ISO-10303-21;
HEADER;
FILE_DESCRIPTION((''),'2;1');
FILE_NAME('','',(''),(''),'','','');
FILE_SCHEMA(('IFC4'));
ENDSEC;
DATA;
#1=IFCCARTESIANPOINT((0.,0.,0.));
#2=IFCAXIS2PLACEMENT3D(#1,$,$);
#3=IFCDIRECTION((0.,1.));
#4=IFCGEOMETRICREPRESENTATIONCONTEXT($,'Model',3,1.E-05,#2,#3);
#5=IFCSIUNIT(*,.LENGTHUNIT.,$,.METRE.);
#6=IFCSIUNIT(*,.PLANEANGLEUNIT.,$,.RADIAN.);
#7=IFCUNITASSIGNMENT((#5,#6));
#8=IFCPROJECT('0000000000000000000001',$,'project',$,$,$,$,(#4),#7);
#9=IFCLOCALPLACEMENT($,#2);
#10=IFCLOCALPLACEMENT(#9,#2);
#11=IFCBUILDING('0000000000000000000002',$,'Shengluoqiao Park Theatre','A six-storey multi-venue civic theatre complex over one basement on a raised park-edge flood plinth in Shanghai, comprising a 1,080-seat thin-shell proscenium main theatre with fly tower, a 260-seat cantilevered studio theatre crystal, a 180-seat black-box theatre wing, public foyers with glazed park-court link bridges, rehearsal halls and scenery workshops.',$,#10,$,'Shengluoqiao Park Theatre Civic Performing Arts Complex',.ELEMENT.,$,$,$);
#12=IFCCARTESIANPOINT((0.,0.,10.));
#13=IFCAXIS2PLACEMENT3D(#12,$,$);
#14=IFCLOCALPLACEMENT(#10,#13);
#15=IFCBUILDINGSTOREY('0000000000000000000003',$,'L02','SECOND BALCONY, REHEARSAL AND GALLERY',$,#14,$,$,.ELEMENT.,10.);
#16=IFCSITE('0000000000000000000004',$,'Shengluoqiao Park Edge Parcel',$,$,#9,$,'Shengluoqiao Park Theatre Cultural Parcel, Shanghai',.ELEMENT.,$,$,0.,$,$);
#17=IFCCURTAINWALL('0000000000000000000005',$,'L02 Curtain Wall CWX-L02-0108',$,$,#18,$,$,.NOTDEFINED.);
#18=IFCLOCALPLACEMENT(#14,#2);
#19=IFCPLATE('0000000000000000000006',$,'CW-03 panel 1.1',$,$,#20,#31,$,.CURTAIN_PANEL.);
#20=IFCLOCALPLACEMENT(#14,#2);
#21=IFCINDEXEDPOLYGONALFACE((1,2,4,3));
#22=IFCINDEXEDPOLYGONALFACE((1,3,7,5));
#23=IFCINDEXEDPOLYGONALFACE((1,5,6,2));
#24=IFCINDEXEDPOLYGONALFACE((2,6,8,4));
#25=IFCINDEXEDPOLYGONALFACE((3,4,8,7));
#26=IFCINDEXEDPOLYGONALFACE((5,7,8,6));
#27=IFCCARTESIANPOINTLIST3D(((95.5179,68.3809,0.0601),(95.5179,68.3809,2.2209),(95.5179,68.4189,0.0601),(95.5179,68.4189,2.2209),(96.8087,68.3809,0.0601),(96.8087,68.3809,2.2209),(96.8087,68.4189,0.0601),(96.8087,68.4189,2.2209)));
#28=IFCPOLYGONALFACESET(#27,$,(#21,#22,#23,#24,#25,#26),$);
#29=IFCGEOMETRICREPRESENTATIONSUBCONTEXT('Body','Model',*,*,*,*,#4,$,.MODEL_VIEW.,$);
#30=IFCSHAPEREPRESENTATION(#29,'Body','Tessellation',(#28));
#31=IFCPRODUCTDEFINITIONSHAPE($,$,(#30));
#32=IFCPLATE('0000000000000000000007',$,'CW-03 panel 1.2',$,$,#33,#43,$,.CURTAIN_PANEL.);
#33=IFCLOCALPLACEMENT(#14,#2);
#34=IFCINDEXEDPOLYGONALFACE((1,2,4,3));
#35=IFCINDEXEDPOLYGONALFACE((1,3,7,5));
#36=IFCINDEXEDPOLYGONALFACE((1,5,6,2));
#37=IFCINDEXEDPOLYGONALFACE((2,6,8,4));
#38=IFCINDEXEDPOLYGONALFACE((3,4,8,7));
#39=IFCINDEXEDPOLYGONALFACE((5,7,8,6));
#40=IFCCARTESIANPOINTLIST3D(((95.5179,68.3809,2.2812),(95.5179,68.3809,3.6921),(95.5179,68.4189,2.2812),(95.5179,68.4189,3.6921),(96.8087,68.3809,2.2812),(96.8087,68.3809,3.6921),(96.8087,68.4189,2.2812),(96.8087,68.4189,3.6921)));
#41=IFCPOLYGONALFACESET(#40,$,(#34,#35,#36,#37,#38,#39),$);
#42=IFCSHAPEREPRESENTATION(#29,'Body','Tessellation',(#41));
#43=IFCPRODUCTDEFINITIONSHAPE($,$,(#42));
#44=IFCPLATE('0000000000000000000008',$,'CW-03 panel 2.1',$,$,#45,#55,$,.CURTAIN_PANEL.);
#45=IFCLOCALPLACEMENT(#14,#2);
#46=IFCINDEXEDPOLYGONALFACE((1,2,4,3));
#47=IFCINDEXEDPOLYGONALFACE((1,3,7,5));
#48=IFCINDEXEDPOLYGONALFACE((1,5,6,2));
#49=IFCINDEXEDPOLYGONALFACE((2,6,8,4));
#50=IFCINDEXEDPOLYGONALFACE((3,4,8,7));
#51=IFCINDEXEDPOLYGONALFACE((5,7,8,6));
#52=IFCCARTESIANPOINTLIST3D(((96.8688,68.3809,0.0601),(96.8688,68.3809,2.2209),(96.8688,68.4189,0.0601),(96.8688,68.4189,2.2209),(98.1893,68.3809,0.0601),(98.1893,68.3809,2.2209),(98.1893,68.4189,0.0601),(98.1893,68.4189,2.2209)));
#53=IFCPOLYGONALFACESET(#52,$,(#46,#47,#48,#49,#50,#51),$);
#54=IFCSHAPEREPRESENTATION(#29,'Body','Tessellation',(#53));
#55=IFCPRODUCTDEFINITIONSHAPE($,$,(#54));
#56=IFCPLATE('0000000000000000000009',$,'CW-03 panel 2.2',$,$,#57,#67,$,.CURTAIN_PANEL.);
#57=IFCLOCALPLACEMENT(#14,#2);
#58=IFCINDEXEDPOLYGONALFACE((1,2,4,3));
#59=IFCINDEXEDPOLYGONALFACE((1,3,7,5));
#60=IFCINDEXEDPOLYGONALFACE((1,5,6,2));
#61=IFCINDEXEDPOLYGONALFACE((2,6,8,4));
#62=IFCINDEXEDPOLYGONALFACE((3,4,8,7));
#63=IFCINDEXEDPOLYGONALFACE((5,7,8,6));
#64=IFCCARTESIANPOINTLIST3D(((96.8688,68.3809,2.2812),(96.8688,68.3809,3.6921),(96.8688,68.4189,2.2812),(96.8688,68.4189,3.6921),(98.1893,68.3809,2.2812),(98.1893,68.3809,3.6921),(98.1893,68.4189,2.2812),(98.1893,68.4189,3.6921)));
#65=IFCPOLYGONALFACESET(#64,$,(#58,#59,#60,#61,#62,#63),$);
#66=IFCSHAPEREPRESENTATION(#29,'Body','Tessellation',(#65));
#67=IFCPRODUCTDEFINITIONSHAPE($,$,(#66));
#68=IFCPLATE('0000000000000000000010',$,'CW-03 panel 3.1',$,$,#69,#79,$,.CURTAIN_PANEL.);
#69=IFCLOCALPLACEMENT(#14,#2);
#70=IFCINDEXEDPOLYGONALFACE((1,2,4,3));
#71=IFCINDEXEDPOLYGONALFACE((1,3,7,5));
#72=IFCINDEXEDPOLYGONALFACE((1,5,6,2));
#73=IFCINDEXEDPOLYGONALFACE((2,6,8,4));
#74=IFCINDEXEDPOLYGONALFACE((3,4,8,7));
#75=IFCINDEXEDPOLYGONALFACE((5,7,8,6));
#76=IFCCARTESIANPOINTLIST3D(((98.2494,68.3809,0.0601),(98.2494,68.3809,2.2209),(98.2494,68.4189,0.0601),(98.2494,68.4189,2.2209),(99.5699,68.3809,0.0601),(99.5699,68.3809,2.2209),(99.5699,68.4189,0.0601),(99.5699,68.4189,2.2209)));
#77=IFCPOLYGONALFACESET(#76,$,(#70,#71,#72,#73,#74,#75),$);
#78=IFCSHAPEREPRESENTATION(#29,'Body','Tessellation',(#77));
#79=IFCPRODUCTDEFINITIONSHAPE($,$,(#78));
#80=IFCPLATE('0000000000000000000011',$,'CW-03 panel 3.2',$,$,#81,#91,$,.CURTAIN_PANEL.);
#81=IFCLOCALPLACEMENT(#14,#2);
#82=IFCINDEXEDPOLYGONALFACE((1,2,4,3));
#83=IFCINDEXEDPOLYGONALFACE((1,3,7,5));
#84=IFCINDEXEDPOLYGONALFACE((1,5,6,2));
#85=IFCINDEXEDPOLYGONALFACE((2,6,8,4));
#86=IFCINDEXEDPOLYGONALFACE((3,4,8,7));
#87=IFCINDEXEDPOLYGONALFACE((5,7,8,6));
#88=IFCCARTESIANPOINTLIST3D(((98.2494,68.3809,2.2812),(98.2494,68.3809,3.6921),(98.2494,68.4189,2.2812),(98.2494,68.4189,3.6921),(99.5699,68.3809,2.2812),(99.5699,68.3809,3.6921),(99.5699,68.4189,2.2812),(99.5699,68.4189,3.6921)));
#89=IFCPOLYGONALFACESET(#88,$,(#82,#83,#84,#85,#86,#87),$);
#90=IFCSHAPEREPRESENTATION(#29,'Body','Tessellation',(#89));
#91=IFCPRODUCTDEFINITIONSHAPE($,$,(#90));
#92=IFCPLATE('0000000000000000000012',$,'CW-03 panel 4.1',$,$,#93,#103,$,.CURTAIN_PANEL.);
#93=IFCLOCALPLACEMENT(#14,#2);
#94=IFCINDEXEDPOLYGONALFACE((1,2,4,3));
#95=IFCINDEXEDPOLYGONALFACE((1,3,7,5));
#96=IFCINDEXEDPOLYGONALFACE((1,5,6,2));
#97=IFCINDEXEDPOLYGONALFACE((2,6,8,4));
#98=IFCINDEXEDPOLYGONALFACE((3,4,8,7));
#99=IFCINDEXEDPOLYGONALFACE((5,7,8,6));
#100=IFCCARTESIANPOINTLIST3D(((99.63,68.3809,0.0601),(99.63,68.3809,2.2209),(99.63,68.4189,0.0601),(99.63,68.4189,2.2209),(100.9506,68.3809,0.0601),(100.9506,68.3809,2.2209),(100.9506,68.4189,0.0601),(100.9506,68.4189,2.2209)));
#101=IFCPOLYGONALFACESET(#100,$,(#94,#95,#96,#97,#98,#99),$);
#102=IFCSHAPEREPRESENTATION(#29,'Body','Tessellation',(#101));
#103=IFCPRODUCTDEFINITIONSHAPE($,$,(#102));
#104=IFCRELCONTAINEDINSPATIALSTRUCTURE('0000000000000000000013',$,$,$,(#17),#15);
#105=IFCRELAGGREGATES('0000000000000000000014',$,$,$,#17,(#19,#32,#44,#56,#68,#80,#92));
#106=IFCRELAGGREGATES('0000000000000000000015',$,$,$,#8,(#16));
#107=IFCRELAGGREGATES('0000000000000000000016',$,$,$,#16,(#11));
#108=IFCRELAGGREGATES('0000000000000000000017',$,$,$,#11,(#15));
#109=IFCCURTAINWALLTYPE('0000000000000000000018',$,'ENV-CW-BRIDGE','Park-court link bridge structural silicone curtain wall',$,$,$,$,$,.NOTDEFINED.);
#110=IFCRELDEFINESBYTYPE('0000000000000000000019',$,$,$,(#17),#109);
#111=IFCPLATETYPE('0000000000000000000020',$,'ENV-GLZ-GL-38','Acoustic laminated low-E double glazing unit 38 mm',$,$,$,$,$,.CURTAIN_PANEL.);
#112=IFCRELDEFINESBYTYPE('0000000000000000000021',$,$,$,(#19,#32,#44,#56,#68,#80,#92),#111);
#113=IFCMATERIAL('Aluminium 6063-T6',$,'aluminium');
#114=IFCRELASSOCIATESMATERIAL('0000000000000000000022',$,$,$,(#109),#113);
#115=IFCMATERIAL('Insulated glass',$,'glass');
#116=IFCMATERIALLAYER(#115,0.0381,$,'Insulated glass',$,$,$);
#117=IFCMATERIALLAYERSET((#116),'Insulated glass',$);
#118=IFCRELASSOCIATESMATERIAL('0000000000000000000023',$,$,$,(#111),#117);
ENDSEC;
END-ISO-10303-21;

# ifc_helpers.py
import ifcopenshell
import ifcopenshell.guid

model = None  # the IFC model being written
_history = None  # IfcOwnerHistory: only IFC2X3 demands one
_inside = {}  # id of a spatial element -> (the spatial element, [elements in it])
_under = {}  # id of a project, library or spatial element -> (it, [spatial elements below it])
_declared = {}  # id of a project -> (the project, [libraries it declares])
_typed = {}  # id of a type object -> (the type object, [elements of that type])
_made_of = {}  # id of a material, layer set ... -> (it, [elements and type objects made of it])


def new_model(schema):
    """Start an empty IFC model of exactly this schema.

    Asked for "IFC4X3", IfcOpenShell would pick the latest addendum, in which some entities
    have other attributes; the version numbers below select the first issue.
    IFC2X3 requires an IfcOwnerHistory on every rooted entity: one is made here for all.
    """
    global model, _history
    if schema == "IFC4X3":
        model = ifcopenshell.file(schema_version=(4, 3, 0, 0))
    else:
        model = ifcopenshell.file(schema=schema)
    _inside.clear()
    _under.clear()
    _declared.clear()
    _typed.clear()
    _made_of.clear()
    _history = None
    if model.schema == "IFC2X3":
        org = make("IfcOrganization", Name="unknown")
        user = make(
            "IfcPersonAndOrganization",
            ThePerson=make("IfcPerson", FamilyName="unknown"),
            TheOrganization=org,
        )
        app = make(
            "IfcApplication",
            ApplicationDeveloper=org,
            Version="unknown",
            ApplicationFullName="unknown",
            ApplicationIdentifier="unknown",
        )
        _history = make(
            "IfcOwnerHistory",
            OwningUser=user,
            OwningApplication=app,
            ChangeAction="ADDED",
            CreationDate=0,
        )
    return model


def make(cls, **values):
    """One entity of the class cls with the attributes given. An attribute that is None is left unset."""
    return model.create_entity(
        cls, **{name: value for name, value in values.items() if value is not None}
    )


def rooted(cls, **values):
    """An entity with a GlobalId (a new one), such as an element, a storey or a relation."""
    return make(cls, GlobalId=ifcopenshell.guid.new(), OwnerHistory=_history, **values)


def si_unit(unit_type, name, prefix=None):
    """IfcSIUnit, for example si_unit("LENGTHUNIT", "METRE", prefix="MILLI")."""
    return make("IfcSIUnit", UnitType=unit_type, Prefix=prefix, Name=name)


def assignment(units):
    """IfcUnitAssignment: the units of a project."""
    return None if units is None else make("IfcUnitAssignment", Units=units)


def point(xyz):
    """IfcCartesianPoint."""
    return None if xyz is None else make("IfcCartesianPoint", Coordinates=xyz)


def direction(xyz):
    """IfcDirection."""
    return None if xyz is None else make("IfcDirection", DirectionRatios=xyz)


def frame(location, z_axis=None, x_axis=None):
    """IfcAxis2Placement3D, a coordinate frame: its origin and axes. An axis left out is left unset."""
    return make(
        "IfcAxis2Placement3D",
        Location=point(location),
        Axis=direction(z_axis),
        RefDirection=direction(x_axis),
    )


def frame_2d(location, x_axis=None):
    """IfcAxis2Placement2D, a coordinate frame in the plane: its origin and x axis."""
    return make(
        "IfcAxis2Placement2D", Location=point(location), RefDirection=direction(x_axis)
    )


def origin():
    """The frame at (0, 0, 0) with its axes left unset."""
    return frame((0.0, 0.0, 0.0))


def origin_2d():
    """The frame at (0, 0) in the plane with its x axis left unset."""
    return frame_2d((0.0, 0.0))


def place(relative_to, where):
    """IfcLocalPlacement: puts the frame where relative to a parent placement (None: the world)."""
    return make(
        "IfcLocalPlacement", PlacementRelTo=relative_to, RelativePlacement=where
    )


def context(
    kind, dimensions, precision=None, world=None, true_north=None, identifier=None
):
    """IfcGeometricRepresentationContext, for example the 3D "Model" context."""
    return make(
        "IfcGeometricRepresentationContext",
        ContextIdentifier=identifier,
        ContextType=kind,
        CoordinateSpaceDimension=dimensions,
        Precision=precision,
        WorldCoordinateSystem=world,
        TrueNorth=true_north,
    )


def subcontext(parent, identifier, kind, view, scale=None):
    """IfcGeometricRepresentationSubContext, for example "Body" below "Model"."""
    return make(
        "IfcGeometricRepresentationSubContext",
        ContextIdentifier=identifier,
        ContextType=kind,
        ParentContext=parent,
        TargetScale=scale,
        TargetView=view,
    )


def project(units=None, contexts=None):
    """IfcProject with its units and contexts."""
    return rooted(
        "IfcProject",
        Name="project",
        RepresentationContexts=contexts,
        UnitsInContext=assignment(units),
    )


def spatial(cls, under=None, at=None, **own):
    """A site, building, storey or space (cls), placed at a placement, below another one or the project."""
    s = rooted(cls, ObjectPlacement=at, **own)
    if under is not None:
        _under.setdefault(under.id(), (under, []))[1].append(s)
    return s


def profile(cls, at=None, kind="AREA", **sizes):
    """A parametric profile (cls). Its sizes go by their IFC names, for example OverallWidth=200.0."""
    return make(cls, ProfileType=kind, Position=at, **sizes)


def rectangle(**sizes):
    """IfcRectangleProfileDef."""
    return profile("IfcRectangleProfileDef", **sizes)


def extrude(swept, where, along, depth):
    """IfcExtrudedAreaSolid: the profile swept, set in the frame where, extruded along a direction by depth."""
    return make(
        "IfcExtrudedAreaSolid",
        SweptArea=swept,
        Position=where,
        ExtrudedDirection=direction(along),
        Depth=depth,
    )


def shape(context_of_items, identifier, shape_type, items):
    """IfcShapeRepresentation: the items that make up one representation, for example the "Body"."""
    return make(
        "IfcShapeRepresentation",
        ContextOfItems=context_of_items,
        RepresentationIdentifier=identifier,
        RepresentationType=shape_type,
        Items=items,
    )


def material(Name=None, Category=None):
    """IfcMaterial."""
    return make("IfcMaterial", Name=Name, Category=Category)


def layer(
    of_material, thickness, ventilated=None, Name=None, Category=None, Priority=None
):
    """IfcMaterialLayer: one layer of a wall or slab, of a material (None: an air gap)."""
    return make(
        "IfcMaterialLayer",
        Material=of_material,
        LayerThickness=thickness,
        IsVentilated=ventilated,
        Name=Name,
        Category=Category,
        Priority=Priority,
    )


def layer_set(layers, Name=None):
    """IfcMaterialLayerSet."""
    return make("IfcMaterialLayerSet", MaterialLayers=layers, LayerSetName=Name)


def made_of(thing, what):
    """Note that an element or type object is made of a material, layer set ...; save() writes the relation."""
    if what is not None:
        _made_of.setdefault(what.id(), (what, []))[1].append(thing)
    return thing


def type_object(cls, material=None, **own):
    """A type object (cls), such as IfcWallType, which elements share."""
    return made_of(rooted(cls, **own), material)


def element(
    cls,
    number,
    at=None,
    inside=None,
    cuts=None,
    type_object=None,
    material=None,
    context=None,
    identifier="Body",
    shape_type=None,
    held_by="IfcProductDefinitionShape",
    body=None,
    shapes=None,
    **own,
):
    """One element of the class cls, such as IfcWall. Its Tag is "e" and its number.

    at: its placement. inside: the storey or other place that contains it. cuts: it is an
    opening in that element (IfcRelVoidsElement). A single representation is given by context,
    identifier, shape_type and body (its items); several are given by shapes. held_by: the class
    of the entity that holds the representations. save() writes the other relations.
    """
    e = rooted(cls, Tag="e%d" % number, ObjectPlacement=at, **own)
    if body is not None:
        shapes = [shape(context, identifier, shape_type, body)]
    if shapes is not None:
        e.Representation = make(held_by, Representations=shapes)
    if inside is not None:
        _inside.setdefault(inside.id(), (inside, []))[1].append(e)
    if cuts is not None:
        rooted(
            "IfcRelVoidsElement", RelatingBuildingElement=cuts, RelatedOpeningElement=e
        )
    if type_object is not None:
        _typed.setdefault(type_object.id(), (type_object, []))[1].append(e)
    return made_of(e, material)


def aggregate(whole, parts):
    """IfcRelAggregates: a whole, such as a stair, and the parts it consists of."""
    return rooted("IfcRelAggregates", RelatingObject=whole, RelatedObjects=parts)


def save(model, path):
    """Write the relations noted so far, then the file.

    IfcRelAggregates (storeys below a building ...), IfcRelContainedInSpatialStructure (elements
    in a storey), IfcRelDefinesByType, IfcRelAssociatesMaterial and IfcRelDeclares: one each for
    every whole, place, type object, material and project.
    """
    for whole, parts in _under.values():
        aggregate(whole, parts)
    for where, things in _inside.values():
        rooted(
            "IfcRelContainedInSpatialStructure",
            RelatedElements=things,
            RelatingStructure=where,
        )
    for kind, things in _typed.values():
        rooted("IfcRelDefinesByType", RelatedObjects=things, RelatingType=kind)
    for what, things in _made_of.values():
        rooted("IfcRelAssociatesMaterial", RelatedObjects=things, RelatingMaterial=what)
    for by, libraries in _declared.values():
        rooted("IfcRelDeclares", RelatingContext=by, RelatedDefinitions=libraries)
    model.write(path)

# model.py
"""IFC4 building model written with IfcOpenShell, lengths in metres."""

from ifc_helpers import new_model, si_unit, direction, frame, origin, origin_2d, place, context, subcontext, project, spatial, rectangle, extrude, material, layer, layer_set, type_object, element, aggregate, save


model = new_model("IFC4")

# Units and contexts
model_context = context("Model", 3, precision=1e-05, world=origin(), true_north=direction((0.0, 1.0)))
body_context = subcontext(model_context, "Body", "Model", "MODEL_VIEW")
ifc_project = project(units=[si_unit("LENGTHUNIT", "METRE"), si_unit("PLANEANGLEUNIT", "RADIAN")], contexts=[model_context])

# Site, building, storey
site_placement = place(None, origin())
site = spatial("IfcSite", under=ifc_project, at=site_placement, Name="Shengluoqiao Park Edge Parcel", LongName="Shengluoqiao Park Theatre Cultural Parcel, Shanghai", CompositionType="ELEMENT", RefElevation=0.0)
building_placement = place(site_placement, origin())
building = spatial("IfcBuilding", under=site, at=building_placement, Name="Shengluoqiao Park Theatre", Description="A six-storey multi-venue civic theatre complex over one basement on a raised park-edge flood plinth in Shanghai, comprising a 1,080-seat thin-shell proscenium main theatre with fly tower, a 260-seat cantilevered studio theatre crystal, a 180-seat black-box theatre wing, public foyers with glazed park-court link bridges, rehearsal halls and scenery workshops.", LongName="Shengluoqiao Park Theatre Civic Performing Arts Complex", CompositionType="ELEMENT")
storey_placement = place(building_placement, frame((0.0, 0.0, 10.0)))
storey = spatial("IfcBuildingStorey", under=building, at=storey_placement, Name="L02", Description="SECOND BALCONY, REHEARSAL AND GALLERY", CompositionType="ELEMENT", Elevation=10.0)

# Curtain wall
ifc_material_1 = material(Name="Aluminium 6063-T6", Category="aluminium")
curtain_wall_type = type_object("IfcCurtainWallType", Name="ENV-CW-BRIDGE", Description="Park-court link bridge structural silicone curtain wall", PredefinedType="NOTDEFINED", material=ifc_material_1)
curtain_wall_placement = place(storey_placement, origin())
curtain_wall = element("IfcCurtainWall", 1, at=curtain_wall_placement, inside=storey, type_object=curtain_wall_type, Name="L02 Curtain Wall CWX-L02-0108", PredefinedType="NOTDEFINED")

# Plates
ifc_material_2 = material(Name="Insulated glass", Category="glass")
ifc_layer = layer(ifc_material_2, 0.0381, Name="Insulated glass")
ifc_layer_set = layer_set([ifc_layer], Name="Insulated glass")
plate_type = type_object("IfcPlateType", Name="ENV-GLZ-GL-38", Description="Acoustic laminated low-E double glazing unit 38 mm", PredefinedType="CURTAIN_PANEL", material=ifc_layer_set)
plate_1_placement = place(storey_placement, frame((96.1633, 68.3999, 0.0601), z_axis=(0.0, 0.0, 1.0), x_axis=(1.0, 0.0, 0.0)))
plate_1 = element("IfcPlate", 2, at=plate_1_placement, type_object=plate_type, Name="CW-03 panel 1.1", PredefinedType="CURTAIN_PANEL", context=body_context, shape_type="SweptSolid", body=[
    extrude(rectangle(XDim=1.2908, YDim=0.0381, at=origin_2d()), origin(), (0.0, 0.0, 1.0), 2.1609),
])
plate_2_placement = place(storey_placement, frame((96.1633, 68.3999, 2.2812), z_axis=(0.0, 0.0, 1.0), x_axis=(1.0, 0.0, 0.0)))
plate_2 = element("IfcPlate", 3, at=plate_2_placement, type_object=plate_type, Name="CW-03 panel 1.2", PredefinedType="CURTAIN_PANEL", context=body_context, shape_type="SweptSolid", body=[
    extrude(rectangle(XDim=1.2908, YDim=0.0381, at=origin_2d()), origin(), (0.0, 0.0, 1.0), 1.4109),
])
plate_3_placement = place(storey_placement, frame((97.5291, 68.3999, 0.0601), z_axis=(0.0, 0.0, 1.0), x_axis=(1.0, 0.0, 0.0)))
plate_3 = element("IfcPlate", 4, at=plate_3_placement, type_object=plate_type, Name="CW-03 panel 2.1", PredefinedType="CURTAIN_PANEL", context=body_context, shape_type="SweptSolid", body=[
    extrude(rectangle(XDim=1.3206, YDim=0.0381, at=origin_2d()), origin(), (0.0, 0.0, 1.0), 2.1609),
])
plate_4_placement = place(storey_placement, frame((97.5291, 68.3999, 2.2812), z_axis=(0.0, 0.0, 1.0), x_axis=(1.0, 0.0, 0.0)))
plate_4 = element("IfcPlate", 5, at=plate_4_placement, type_object=plate_type, Name="CW-03 panel 2.2", PredefinedType="CURTAIN_PANEL", context=body_context, shape_type="SweptSolid", body=[
    extrude(rectangle(XDim=1.3206, YDim=0.0381, at=origin_2d()), origin(), (0.0, 0.0, 1.0), 1.4109),
])
plate_5_placement = place(storey_placement, frame((98.9097, 68.3999, 0.0601), z_axis=(0.0, 0.0, 1.0), x_axis=(1.0, 0.0, 0.0)))
plate_5 = element("IfcPlate", 6, at=plate_5_placement, type_object=plate_type, Name="CW-03 panel 3.1", PredefinedType="CURTAIN_PANEL", context=body_context, shape_type="SweptSolid", body=[
    extrude(rectangle(XDim=1.3206, YDim=0.0381, at=origin_2d()), origin(), (0.0, 0.0, 1.0), 2.1609),
])
plate_6_placement = place(storey_placement, frame((98.9097, 68.3999, 2.2812), z_axis=(0.0, 0.0, 1.0), x_axis=(1.0, 0.0, 0.0)))
plate_6 = element("IfcPlate", 7, at=plate_6_placement, type_object=plate_type, Name="CW-03 panel 3.2", PredefinedType="CURTAIN_PANEL", context=body_context, shape_type="SweptSolid", body=[
    extrude(rectangle(XDim=1.3206, YDim=0.0381, at=origin_2d()), origin(), (0.0, 0.0, 1.0), 1.4109),
])
plate_7_placement = place(storey_placement, frame((100.2903, 68.3999, 0.0601), z_axis=(0.0, 0.0, 1.0), x_axis=(1.0, 0.0, 0.0)))
plate_7 = element("IfcPlate", 8, at=plate_7_placement, type_object=plate_type, Name="CW-03 panel 4.1", PredefinedType="CURTAIN_PANEL", context=body_context, shape_type="SweptSolid", body=[
    extrude(rectangle(XDim=1.3206, YDim=0.0381, at=origin_2d()), origin(), (0.0, 0.0, 1.0), 2.1609),
])
aggregate(curtain_wall, [plate_1, plate_2, plate_3, plate_4, plate_5, plate_6, plate_7])

save(model, "model.ifc")
